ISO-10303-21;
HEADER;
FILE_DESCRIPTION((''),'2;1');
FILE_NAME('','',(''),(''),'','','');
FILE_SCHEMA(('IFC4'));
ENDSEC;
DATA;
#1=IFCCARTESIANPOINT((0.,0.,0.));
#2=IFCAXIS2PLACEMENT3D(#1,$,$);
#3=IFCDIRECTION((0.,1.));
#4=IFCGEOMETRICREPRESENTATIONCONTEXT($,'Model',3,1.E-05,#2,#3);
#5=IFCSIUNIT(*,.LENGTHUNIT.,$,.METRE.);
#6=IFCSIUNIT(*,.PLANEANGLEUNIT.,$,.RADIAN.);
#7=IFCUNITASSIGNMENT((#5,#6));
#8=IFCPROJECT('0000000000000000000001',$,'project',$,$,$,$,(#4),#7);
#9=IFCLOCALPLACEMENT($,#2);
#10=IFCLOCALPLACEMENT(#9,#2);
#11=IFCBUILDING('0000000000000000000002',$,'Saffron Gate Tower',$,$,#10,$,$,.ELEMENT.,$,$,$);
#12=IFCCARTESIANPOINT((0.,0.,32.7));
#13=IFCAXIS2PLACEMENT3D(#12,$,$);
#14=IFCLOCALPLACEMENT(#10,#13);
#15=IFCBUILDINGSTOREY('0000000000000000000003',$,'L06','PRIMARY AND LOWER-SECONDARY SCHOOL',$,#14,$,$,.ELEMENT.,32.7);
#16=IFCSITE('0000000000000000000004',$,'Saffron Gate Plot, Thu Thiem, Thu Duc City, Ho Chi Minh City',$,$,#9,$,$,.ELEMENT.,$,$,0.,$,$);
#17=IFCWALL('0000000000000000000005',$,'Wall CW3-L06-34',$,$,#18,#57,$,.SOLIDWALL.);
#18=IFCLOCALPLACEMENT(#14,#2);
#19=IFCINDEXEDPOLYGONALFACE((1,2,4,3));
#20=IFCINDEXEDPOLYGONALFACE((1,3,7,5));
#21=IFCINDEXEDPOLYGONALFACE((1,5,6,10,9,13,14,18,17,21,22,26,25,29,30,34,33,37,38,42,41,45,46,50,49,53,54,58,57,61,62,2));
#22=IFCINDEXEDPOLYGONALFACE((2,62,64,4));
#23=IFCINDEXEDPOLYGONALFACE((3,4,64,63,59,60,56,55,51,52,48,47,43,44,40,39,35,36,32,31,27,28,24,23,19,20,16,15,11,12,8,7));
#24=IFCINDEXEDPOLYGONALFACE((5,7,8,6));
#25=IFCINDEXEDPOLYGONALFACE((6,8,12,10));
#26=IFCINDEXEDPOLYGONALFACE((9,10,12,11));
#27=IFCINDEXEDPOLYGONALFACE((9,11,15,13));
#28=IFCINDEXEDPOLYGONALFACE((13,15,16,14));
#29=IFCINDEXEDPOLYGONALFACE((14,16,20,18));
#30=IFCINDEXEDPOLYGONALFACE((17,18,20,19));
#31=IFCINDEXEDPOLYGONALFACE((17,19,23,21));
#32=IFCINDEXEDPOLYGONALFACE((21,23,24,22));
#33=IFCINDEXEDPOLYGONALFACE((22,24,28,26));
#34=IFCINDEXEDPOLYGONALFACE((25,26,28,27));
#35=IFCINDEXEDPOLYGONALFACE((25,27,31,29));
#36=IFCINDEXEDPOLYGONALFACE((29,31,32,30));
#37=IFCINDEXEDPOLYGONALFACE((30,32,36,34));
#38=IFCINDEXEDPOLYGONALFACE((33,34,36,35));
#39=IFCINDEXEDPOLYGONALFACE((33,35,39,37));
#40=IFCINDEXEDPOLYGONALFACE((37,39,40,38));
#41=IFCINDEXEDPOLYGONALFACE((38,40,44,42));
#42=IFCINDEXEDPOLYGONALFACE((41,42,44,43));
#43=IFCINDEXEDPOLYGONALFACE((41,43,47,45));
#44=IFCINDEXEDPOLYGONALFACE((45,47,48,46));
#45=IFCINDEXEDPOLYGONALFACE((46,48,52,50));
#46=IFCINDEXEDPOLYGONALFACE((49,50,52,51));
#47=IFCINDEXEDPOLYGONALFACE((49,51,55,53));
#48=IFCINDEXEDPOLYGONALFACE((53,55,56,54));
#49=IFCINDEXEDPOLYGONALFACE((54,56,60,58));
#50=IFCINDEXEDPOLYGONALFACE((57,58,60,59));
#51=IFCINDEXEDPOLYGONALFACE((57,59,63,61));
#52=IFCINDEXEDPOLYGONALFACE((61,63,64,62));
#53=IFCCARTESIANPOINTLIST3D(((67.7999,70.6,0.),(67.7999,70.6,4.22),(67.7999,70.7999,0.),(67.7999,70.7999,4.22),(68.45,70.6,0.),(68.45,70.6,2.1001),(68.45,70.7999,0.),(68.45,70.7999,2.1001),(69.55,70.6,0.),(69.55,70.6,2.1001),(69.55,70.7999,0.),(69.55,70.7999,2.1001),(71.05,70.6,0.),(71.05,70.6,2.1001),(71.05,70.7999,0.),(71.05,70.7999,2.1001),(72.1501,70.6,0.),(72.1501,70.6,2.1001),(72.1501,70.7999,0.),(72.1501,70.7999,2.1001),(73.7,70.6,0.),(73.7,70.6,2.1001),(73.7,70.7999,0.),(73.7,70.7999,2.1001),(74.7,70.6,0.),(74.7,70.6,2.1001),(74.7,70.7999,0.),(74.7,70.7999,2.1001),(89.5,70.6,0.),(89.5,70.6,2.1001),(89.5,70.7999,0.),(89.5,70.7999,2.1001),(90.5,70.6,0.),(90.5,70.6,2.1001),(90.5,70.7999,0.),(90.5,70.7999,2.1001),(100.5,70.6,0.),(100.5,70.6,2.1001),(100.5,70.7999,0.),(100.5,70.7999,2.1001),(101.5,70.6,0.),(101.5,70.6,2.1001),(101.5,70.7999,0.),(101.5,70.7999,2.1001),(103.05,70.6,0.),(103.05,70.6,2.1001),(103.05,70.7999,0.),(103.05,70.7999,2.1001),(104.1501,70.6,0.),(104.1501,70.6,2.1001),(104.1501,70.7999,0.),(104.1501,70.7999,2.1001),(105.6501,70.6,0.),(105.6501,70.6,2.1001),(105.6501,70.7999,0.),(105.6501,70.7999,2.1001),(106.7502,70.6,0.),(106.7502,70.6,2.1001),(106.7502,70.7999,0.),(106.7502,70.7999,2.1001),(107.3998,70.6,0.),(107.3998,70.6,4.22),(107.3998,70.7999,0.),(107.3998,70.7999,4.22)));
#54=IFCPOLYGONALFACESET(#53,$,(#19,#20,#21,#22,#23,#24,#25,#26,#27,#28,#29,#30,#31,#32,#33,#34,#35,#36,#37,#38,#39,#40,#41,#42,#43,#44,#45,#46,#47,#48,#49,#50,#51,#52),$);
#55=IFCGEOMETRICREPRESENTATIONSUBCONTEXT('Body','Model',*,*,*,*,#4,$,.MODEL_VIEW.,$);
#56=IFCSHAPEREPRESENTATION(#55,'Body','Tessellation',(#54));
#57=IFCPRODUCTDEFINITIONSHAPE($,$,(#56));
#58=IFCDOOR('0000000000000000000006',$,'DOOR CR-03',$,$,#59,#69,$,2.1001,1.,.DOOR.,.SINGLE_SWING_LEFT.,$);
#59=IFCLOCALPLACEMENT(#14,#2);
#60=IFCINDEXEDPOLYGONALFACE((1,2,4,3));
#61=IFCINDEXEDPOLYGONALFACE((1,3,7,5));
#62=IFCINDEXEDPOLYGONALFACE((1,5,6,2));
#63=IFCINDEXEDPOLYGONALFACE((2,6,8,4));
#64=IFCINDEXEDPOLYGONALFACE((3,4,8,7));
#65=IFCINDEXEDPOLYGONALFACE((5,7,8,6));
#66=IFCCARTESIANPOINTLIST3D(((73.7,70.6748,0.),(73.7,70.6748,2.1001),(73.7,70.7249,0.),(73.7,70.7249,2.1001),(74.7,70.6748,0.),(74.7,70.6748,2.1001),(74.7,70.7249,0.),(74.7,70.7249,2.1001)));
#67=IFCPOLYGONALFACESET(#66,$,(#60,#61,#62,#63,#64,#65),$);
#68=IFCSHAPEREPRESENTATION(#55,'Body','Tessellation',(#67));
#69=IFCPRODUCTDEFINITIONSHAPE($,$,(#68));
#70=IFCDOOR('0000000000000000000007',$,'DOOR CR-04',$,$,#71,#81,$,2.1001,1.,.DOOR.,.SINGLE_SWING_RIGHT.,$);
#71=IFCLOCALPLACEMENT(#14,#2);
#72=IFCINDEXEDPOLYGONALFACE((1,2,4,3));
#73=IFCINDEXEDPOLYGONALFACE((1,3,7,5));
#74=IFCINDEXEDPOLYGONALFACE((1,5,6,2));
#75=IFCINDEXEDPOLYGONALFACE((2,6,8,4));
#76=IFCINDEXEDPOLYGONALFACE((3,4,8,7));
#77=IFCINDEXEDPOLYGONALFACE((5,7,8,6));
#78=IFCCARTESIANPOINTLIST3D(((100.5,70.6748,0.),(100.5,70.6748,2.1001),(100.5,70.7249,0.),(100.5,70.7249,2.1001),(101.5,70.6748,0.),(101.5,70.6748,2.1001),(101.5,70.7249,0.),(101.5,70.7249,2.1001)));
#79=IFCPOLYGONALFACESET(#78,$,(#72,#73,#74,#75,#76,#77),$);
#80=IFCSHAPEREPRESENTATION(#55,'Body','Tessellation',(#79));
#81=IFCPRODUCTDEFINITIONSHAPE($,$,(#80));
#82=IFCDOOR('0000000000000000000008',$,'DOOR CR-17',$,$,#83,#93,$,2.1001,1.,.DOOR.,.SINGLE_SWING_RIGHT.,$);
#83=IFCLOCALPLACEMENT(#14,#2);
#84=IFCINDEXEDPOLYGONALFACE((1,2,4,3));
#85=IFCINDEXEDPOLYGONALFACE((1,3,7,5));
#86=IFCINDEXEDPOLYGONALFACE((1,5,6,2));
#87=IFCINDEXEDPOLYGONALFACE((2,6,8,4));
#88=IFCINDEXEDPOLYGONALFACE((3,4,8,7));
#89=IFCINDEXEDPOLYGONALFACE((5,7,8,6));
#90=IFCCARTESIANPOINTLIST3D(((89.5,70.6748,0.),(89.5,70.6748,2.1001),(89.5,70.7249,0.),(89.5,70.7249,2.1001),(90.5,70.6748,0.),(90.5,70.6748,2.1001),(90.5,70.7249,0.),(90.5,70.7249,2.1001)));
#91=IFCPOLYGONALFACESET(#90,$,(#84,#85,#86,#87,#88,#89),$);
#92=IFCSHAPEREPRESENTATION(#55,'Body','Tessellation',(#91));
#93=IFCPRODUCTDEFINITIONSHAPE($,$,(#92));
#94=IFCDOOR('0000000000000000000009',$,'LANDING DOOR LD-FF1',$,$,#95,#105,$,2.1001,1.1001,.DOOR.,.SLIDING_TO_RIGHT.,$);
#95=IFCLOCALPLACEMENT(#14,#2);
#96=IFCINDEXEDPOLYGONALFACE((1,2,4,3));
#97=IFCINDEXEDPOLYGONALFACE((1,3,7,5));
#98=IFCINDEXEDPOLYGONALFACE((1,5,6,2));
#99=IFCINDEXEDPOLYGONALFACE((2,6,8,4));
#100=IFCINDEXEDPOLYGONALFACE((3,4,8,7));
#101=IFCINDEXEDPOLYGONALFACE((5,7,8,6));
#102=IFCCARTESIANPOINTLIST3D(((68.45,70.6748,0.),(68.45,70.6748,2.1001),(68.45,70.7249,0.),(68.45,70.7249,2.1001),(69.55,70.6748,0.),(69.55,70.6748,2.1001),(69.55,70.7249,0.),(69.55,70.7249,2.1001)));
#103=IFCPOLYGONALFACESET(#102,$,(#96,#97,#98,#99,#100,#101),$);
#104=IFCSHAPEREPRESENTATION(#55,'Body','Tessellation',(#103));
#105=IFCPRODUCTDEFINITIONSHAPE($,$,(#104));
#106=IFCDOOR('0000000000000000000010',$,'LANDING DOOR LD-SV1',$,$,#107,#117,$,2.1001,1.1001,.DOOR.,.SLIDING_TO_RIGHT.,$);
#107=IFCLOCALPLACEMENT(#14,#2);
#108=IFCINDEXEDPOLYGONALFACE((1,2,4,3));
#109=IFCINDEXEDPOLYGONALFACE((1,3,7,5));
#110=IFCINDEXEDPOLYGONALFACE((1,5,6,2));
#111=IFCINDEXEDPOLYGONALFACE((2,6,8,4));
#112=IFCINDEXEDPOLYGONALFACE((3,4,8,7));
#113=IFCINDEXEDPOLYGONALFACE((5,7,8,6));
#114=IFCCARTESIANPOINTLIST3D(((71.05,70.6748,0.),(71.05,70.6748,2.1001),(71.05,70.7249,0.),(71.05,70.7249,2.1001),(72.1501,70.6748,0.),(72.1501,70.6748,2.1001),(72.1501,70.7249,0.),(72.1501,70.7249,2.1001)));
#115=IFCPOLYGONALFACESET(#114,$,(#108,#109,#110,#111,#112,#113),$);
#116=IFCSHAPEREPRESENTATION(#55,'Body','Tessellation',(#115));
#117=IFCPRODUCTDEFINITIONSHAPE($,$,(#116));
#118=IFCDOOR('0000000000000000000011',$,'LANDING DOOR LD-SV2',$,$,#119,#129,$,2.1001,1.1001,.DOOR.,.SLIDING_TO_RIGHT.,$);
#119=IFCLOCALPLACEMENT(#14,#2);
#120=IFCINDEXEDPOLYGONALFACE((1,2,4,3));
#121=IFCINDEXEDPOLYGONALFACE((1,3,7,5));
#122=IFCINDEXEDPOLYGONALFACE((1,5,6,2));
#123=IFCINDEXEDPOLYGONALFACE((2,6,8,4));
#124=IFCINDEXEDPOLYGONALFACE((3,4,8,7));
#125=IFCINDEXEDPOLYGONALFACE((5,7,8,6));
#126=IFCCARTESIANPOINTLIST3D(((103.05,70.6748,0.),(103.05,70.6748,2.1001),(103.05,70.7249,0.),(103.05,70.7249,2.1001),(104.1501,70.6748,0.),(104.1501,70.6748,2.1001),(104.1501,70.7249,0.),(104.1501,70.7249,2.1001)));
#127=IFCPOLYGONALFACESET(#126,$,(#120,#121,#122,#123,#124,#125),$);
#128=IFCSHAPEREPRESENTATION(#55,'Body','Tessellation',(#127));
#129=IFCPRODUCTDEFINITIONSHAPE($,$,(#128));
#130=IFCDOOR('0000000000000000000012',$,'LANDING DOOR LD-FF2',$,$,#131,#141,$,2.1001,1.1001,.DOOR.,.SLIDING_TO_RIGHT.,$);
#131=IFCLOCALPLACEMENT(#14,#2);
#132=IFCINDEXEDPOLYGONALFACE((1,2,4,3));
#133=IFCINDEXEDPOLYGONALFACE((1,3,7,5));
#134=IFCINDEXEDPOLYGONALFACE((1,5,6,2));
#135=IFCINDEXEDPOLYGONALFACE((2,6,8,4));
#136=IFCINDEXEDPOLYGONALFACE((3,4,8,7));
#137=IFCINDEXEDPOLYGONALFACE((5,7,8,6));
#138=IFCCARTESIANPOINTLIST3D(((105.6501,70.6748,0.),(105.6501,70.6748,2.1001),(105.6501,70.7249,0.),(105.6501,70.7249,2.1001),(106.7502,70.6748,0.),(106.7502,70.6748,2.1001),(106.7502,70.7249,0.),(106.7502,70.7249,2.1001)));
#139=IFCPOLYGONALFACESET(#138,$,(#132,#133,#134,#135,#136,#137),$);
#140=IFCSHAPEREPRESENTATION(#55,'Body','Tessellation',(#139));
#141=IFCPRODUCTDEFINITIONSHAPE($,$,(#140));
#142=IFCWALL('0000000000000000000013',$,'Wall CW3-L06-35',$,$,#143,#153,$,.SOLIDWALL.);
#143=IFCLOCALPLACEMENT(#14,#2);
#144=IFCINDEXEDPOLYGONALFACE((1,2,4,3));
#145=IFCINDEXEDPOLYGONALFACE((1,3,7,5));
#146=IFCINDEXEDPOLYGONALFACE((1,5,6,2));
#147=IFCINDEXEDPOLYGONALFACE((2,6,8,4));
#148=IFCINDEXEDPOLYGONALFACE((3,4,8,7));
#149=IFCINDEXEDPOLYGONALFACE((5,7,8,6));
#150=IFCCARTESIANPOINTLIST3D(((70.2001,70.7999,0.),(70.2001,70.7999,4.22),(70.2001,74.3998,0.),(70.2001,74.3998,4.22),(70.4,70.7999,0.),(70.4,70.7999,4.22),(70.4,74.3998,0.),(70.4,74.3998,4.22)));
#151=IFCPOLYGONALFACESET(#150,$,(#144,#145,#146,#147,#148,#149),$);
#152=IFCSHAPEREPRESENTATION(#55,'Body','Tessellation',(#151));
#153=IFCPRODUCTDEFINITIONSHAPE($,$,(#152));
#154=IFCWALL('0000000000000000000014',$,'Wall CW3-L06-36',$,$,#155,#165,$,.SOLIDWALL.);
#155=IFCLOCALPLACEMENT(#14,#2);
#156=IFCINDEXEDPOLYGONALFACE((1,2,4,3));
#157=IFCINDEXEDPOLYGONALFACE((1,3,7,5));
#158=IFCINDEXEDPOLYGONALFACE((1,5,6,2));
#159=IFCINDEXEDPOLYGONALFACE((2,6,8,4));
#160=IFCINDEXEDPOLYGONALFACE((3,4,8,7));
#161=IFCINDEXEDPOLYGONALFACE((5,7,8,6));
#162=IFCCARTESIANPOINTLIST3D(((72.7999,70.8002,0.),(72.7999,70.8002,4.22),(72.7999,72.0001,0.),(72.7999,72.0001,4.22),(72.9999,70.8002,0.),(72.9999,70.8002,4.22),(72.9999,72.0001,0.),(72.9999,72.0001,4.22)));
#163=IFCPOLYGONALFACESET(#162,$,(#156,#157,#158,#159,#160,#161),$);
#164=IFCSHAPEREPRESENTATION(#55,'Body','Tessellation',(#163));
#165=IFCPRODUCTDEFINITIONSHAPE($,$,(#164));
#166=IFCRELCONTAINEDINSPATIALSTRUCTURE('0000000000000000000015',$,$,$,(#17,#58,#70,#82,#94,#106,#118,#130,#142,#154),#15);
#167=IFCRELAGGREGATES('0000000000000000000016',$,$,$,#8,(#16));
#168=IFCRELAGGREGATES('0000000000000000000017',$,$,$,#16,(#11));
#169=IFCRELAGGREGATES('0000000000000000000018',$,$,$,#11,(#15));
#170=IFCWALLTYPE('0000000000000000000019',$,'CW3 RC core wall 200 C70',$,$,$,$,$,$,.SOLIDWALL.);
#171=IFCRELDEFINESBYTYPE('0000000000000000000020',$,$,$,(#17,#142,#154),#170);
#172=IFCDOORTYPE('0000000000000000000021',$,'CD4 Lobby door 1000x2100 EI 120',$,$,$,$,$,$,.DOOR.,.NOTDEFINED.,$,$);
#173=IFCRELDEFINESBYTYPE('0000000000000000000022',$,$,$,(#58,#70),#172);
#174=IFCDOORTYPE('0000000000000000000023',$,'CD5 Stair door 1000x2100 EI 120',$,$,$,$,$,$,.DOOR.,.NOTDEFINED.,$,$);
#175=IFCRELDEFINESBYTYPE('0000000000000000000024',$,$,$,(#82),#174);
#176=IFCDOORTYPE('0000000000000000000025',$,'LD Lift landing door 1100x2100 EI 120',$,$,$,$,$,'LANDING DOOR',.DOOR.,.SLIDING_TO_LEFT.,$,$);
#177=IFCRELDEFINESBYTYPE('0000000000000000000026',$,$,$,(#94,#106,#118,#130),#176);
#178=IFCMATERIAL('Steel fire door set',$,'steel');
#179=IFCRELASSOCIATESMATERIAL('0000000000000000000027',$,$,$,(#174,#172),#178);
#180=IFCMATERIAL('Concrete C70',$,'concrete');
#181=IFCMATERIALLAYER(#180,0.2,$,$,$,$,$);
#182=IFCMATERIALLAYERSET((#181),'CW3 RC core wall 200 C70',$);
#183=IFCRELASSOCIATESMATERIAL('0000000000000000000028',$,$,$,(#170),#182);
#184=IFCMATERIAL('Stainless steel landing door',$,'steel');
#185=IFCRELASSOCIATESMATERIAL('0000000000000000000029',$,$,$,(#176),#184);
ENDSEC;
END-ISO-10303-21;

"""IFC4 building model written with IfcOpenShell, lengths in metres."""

from ifc_helpers import new_model, si_unit, direction, frame, frame_2d, origin, place, context, subcontext, project, spatial, rectangle, extrude, material, layer, layer_set, type_object, element, fill, save


model = new_model("IFC4")

# Units and contexts
model_context = context("Model", 3, precision=1e-05, world=origin(), true_north=direction((0.0, 1.0)))
body_context = subcontext(model_context, "Body", "Model", "MODEL_VIEW")
ifc_project = project(units=[si_unit("LENGTHUNIT", "METRE"), si_unit("PLANEANGLEUNIT", "RADIAN")], contexts=[model_context])

# Site, building, storey
site_placement = place(None, origin())
site = spatial("IfcSite", under=ifc_project, at=site_placement, Name="Saffron Gate Plot, Thu Thiem, Thu Duc City, Ho Chi Minh City", CompositionType="ELEMENT", RefElevation=0.0)
building_placement = place(site_placement, origin())
building = spatial("IfcBuilding", under=site, at=building_placement, Name="Saffron Gate Tower", CompositionType="ELEMENT")
storey_placement = place(building_placement, frame((0.0, 0.0, 32.7)))
storey = spatial("IfcBuildingStorey", under=building, at=storey_placement, Name="L06", Description="PRIMARY AND LOWER-SECONDARY SCHOOL", CompositionType="ELEMENT", Elevation=32.7)

# Shared definitions
ifc_material_1 = material(Name="Concrete C70", Category="concrete")
ifc_material_2 = material(Name="Steel fire door set", Category="steel")
door_type_1 = type_object("IfcDoorType", Name="CD5 Stair door 1000x2100 EI 120", OperationType="NOTDEFINED", PredefinedType="DOOR", material=ifc_material_2)

# Shared definitions
ifc_layer_1 = layer(ifc_material_1, 0.2)
ifc_layer_set_1 = layer_set([ifc_layer_1], Name="CW3 RC core wall 200 C70")
wall_type_1 = type_object("IfcWallType", Name="CW3 RC core wall 200 C70", PredefinedType="SOLIDWALL", material=ifc_layer_set_1)

# Wall, openings, doors
wall_1_placement = place(storey_placement, frame((67.8, 70.7, 0.0), z_axis=(0.0, 0.0, 1.0), x_axis=(1.0, 0.0, 0.0)))
wall_1 = element("IfcWall", 1, at=wall_1_placement, inside=storey, type_object=wall_type_1, Name="Wall CW3-L06-34", PredefinedType="SOLIDWALL", context=body_context, shape_type="SweptSolid", body=[
    extrude(rectangle(XDim=39.5999, YDim=0.2, at=frame_2d((19.7998, 0.0))), origin(), (0.0, 0.0, 1.0), 4.22),
])
opening_1_placement = place(wall_1_placement, frame((0.6499, 0.0, 0.0)))
opening_1 = element("IfcOpeningElement", 2, at=opening_1_placement, cuts=wall_1, PredefinedType="OPENING", context=body_context, shape_type="SweptSolid", body=[
    extrude(rectangle(XDim=1.1001, YDim=2.1001, at=frame_2d((0.55, 1.05))), frame((0.0, 0.1099, 0.0), z_axis=(0.0, -1.0, 0.0), x_axis=(1.0, 0.0, 0.0)), (0.0, 0.0, 1.0), 0.22),
])
opening_2_placement = place(wall_1_placement, frame((3.25, 0.0, 0.0)))
opening_2 = element("IfcOpeningElement", 3, at=opening_2_placement, cuts=wall_1, PredefinedType="OPENING", context=body_context, shape_type="SweptSolid", body=[
    extrude(rectangle(XDim=1.1001, YDim=2.1001, at=frame_2d((0.55, 1.05))), frame((0.0, 0.1099, 0.0), z_axis=(0.0, -1.0, 0.0), x_axis=(1.0, 0.0, 0.0)), (0.0, 0.0, 1.0), 0.22),
])
opening_3_placement = place(wall_1_placement, frame((5.8999, 0.0, 0.0)))
opening_3 = element("IfcOpeningElement", 4, at=opening_3_placement, cuts=wall_1, PredefinedType="OPENING", context=body_context, shape_type="SweptSolid", body=[
    extrude(rectangle(XDim=1.0, YDim=2.1001, at=frame_2d((0.5, 1.05))), frame((0.0, 0.1099, 0.0), z_axis=(0.0, -1.0, 0.0), x_axis=(1.0, 0.0, 0.0)), (0.0, 0.0, 1.0), 0.22),
])
opening_4_placement = place(wall_1_placement, frame((21.7, 0.0, 0.0)))
opening_4 = element("IfcOpeningElement", 5, at=opening_4_placement, cuts=wall_1, PredefinedType="OPENING", context=body_context, shape_type="SweptSolid", body=[
    extrude(rectangle(XDim=1.0, YDim=2.1001, at=frame_2d((0.5, 1.05))), frame((0.0, 0.1099, 0.0), z_axis=(0.0, -1.0, 0.0), x_axis=(1.0, 0.0, 0.0)), (0.0, 0.0, 1.0), 0.22),
])
opening_5_placement = place(wall_1_placement, frame((32.7, 0.0, 0.0)))
opening_5 = element("IfcOpeningElement", 6, at=opening_5_placement, cuts=wall_1, PredefinedType="OPENING", context=body_context, shape_type="SweptSolid", body=[
    extrude(rectangle(XDim=1.0, YDim=2.1001, at=frame_2d((0.5, 1.05))), frame((0.0, 0.1099, 0.0), z_axis=(0.0, -1.0, 0.0), x_axis=(1.0, 0.0, 0.0)), (0.0, 0.0, 1.0), 0.22),
])
opening_6_placement = place(wall_1_placement, frame((35.25, 0.0, 0.0)))
opening_6 = element("IfcOpeningElement", 7, at=opening_6_placement, cuts=wall_1, PredefinedType="OPENING", context=body_context, shape_type="SweptSolid", body=[
    extrude(rectangle(XDim=1.1001, YDim=2.1001, at=frame_2d((0.55, 1.05))), frame((0.0, 0.1099, 0.0), z_axis=(0.0, -1.0, 0.0), x_axis=(1.0, 0.0, 0.0)), (0.0, 0.0, 1.0), 0.22),
])
opening_7_placement = place(wall_1_placement, frame((37.8501, 0.0, 0.0)))
opening_7 = element("IfcOpeningElement", 8, at=opening_7_placement, cuts=wall_1, PredefinedType="OPENING", context=body_context, shape_type="SweptSolid", body=[
    extrude(rectangle(XDim=1.1001, YDim=2.1001, at=frame_2d((0.55, 1.05))), frame((0.0, 0.1099, 0.0), z_axis=(0.0, -1.0, 0.0), x_axis=(1.0, 0.0, 0.0)), (0.0, 0.0, 1.0), 0.22),
])
door_type_2 = type_object("IfcDoorType", Name="CD4 Lobby door 1000x2100 EI 120", OperationType="NOTDEFINED", PredefinedType="DOOR", material=ifc_material_2)
door_1_placement = place(opening_3_placement, origin())
door_1 = element("IfcDoor", 9, at=door_1_placement, inside=storey, type_object=door_type_2, Name="DOOR CR-03", OperationType="SINGLE_SWING_LEFT", OverallHeight=2.1001, OverallWidth=1.0, PredefinedType="DOOR", context=body_context, shape_type="SweptSolid", body=[
    extrude(rectangle(XDim=1.0, YDim=2.1001, at=frame_2d((0.5, 1.05))), frame((0.0, 0.0249, 0.0), z_axis=(0.0, -1.0, 0.0), x_axis=(1.0, 0.0, 0.0)), (0.0, 0.0, 1.0), 0.05),
])
fill(opening_3, door_1)
door_2_placement = place(opening_5_placement, origin())
door_2 = element("IfcDoor", 10, at=door_2_placement, inside=storey, type_object=door_type_2, Name="DOOR CR-04", OperationType="SINGLE_SWING_RIGHT", OverallHeight=2.1001, OverallWidth=1.0, PredefinedType="DOOR", context=body_context, shape_type="SweptSolid", body=[
    extrude(rectangle(XDim=1.0, YDim=2.1001, at=frame_2d((0.5, 1.05))), frame((0.0, 0.0249, 0.0), z_axis=(0.0, -1.0, 0.0), x_axis=(1.0, 0.0, 0.0)), (0.0, 0.0, 1.0), 0.05),
])
fill(opening_5, door_2)
door_3_placement = place(opening_4_placement, origin())
door_3 = element("IfcDoor", 11, at=door_3_placement, inside=storey, type_object=door_type_1, Name="DOOR CR-17", OperationType="SINGLE_SWING_RIGHT", OverallHeight=2.1001, OverallWidth=1.0, PredefinedType="DOOR", context=body_context, shape_type="SweptSolid", body=[
    extrude(rectangle(XDim=1.0, YDim=2.1001, at=frame_2d((0.5, 1.05))), frame((0.0, 0.0249, 0.0), z_axis=(0.0, -1.0, 0.0), x_axis=(1.0, 0.0, 0.0)), (0.0, 0.0, 1.0), 0.05),
])
fill(opening_4, door_3)
ifc_material_3 = material(Name="Stainless steel landing door", Category="steel")
door_type_3 = type_object("IfcDoorType", Name="LD Lift landing door 1100x2100 EI 120", ElementType="LANDING DOOR", OperationType="SLIDING_TO_LEFT", PredefinedType="DOOR", material=ifc_material_3)
door_4_placement = place(opening_1_placement, origin())
door_4 = element("IfcDoor", 12, at=door_4_placement, inside=storey, type_object=door_type_3, Name="LANDING DOOR LD-FF1", OperationType="SLIDING_TO_RIGHT", OverallHeight=2.1001, OverallWidth=1.1001, PredefinedType="DOOR", context=body_context, shape_type="SweptSolid", body=[
    extrude(rectangle(XDim=1.1001, YDim=2.1001, at=frame_2d((0.55, 1.05))), frame((0.0, 0.0249, 0.0), z_axis=(0.0, -1.0, 0.0), x_axis=(1.0, 0.0, 0.0)), (0.0, 0.0, 1.0), 0.05),
])
fill(opening_1, door_4)
door_5_placement = place(opening_2_placement, origin())
door_5 = element("IfcDoor", 13, at=door_5_placement, inside=storey, type_object=door_type_3, Name="LANDING DOOR LD-SV1", OperationType="SLIDING_TO_RIGHT", OverallHeight=2.1001, OverallWidth=1.1001, PredefinedType="DOOR", context=body_context, shape_type="SweptSolid", body=[
    extrude(rectangle(XDim=1.1001, YDim=2.1001, at=frame_2d((0.55, 1.05))), frame((0.0, 0.0249, 0.0), z_axis=(0.0, -1.0, 0.0), x_axis=(1.0, 0.0, 0.0)), (0.0, 0.0, 1.0), 0.05),
])
fill(opening_2, door_5)
door_6_placement = place(opening_6_placement, origin())
door_6 = element("IfcDoor", 14, at=door_6_placement, inside=storey, type_object=door_type_3, Name="LANDING DOOR LD-SV2", OperationType="SLIDING_TO_RIGHT", OverallHeight=2.1001, OverallWidth=1.1001, PredefinedType="DOOR", context=body_context, shape_type="SweptSolid", body=[
    extrude(rectangle(XDim=1.1001, YDim=2.1001, at=frame_2d((0.55, 1.05))), frame((0.0, 0.0249, 0.0), z_axis=(0.0, -1.0, 0.0), x_axis=(1.0, 0.0, 0.0)), (0.0, 0.0, 1.0), 0.05),
])
fill(opening_6, door_6)
door_7_placement = place(opening_7_placement, origin())
door_7 = element("IfcDoor", 15, at=door_7_placement, inside=storey, type_object=door_type_3, Name="LANDING DOOR LD-FF2", OperationType="SLIDING_TO_RIGHT", OverallHeight=2.1001, OverallWidth=1.1001, PredefinedType="DOOR", context=body_context, shape_type="SweptSolid", body=[
    extrude(rectangle(XDim=1.1001, YDim=2.1001, at=frame_2d((0.55, 1.05))), frame((0.0, 0.0249, 0.0), z_axis=(0.0, -1.0, 0.0), x_axis=(1.0, 0.0, 0.0)), (0.0, 0.0, 1.0), 0.05),
])
fill(opening_7, door_7)

# Walls
wall_2_placement = place(storey_placement, frame((70.3, 70.8, 0.0), z_axis=(0.0, 0.0, 1.0), x_axis=(0.0, 1.0, 0.0)))
element("IfcWall", 16, at=wall_2_placement, inside=storey, type_object=wall_type_1, Name="Wall CW3-L06-35", PredefinedType="SOLIDWALL", context=body_context, shape_type="SweptSolid", body=[
    extrude(rectangle(XDim=3.5999, YDim=0.2, at=frame_2d((1.7998, 0.0))), origin(), (0.0, 0.0, 1.0), 4.22),
])
wall_3_placement = place(storey_placement, frame((72.8999, 70.8, 0.0), z_axis=(0.0, 0.0, 1.0), x_axis=(0.0, 1.0, 0.0)))
element("IfcWall", 17, at=wall_3_placement, inside=storey, type_object=wall_type_1, Name="Wall CW3-L06-36", PredefinedType="SOLIDWALL", context=body_context, shape_type="SweptSolid", body=[
    extrude(rectangle(XDim=1.2, YDim=0.2, at=frame_2d((0.6001, 0.0))), origin(), (0.0, 0.0, 1.0), 4.22),
])

save(model, "model.ifc")
